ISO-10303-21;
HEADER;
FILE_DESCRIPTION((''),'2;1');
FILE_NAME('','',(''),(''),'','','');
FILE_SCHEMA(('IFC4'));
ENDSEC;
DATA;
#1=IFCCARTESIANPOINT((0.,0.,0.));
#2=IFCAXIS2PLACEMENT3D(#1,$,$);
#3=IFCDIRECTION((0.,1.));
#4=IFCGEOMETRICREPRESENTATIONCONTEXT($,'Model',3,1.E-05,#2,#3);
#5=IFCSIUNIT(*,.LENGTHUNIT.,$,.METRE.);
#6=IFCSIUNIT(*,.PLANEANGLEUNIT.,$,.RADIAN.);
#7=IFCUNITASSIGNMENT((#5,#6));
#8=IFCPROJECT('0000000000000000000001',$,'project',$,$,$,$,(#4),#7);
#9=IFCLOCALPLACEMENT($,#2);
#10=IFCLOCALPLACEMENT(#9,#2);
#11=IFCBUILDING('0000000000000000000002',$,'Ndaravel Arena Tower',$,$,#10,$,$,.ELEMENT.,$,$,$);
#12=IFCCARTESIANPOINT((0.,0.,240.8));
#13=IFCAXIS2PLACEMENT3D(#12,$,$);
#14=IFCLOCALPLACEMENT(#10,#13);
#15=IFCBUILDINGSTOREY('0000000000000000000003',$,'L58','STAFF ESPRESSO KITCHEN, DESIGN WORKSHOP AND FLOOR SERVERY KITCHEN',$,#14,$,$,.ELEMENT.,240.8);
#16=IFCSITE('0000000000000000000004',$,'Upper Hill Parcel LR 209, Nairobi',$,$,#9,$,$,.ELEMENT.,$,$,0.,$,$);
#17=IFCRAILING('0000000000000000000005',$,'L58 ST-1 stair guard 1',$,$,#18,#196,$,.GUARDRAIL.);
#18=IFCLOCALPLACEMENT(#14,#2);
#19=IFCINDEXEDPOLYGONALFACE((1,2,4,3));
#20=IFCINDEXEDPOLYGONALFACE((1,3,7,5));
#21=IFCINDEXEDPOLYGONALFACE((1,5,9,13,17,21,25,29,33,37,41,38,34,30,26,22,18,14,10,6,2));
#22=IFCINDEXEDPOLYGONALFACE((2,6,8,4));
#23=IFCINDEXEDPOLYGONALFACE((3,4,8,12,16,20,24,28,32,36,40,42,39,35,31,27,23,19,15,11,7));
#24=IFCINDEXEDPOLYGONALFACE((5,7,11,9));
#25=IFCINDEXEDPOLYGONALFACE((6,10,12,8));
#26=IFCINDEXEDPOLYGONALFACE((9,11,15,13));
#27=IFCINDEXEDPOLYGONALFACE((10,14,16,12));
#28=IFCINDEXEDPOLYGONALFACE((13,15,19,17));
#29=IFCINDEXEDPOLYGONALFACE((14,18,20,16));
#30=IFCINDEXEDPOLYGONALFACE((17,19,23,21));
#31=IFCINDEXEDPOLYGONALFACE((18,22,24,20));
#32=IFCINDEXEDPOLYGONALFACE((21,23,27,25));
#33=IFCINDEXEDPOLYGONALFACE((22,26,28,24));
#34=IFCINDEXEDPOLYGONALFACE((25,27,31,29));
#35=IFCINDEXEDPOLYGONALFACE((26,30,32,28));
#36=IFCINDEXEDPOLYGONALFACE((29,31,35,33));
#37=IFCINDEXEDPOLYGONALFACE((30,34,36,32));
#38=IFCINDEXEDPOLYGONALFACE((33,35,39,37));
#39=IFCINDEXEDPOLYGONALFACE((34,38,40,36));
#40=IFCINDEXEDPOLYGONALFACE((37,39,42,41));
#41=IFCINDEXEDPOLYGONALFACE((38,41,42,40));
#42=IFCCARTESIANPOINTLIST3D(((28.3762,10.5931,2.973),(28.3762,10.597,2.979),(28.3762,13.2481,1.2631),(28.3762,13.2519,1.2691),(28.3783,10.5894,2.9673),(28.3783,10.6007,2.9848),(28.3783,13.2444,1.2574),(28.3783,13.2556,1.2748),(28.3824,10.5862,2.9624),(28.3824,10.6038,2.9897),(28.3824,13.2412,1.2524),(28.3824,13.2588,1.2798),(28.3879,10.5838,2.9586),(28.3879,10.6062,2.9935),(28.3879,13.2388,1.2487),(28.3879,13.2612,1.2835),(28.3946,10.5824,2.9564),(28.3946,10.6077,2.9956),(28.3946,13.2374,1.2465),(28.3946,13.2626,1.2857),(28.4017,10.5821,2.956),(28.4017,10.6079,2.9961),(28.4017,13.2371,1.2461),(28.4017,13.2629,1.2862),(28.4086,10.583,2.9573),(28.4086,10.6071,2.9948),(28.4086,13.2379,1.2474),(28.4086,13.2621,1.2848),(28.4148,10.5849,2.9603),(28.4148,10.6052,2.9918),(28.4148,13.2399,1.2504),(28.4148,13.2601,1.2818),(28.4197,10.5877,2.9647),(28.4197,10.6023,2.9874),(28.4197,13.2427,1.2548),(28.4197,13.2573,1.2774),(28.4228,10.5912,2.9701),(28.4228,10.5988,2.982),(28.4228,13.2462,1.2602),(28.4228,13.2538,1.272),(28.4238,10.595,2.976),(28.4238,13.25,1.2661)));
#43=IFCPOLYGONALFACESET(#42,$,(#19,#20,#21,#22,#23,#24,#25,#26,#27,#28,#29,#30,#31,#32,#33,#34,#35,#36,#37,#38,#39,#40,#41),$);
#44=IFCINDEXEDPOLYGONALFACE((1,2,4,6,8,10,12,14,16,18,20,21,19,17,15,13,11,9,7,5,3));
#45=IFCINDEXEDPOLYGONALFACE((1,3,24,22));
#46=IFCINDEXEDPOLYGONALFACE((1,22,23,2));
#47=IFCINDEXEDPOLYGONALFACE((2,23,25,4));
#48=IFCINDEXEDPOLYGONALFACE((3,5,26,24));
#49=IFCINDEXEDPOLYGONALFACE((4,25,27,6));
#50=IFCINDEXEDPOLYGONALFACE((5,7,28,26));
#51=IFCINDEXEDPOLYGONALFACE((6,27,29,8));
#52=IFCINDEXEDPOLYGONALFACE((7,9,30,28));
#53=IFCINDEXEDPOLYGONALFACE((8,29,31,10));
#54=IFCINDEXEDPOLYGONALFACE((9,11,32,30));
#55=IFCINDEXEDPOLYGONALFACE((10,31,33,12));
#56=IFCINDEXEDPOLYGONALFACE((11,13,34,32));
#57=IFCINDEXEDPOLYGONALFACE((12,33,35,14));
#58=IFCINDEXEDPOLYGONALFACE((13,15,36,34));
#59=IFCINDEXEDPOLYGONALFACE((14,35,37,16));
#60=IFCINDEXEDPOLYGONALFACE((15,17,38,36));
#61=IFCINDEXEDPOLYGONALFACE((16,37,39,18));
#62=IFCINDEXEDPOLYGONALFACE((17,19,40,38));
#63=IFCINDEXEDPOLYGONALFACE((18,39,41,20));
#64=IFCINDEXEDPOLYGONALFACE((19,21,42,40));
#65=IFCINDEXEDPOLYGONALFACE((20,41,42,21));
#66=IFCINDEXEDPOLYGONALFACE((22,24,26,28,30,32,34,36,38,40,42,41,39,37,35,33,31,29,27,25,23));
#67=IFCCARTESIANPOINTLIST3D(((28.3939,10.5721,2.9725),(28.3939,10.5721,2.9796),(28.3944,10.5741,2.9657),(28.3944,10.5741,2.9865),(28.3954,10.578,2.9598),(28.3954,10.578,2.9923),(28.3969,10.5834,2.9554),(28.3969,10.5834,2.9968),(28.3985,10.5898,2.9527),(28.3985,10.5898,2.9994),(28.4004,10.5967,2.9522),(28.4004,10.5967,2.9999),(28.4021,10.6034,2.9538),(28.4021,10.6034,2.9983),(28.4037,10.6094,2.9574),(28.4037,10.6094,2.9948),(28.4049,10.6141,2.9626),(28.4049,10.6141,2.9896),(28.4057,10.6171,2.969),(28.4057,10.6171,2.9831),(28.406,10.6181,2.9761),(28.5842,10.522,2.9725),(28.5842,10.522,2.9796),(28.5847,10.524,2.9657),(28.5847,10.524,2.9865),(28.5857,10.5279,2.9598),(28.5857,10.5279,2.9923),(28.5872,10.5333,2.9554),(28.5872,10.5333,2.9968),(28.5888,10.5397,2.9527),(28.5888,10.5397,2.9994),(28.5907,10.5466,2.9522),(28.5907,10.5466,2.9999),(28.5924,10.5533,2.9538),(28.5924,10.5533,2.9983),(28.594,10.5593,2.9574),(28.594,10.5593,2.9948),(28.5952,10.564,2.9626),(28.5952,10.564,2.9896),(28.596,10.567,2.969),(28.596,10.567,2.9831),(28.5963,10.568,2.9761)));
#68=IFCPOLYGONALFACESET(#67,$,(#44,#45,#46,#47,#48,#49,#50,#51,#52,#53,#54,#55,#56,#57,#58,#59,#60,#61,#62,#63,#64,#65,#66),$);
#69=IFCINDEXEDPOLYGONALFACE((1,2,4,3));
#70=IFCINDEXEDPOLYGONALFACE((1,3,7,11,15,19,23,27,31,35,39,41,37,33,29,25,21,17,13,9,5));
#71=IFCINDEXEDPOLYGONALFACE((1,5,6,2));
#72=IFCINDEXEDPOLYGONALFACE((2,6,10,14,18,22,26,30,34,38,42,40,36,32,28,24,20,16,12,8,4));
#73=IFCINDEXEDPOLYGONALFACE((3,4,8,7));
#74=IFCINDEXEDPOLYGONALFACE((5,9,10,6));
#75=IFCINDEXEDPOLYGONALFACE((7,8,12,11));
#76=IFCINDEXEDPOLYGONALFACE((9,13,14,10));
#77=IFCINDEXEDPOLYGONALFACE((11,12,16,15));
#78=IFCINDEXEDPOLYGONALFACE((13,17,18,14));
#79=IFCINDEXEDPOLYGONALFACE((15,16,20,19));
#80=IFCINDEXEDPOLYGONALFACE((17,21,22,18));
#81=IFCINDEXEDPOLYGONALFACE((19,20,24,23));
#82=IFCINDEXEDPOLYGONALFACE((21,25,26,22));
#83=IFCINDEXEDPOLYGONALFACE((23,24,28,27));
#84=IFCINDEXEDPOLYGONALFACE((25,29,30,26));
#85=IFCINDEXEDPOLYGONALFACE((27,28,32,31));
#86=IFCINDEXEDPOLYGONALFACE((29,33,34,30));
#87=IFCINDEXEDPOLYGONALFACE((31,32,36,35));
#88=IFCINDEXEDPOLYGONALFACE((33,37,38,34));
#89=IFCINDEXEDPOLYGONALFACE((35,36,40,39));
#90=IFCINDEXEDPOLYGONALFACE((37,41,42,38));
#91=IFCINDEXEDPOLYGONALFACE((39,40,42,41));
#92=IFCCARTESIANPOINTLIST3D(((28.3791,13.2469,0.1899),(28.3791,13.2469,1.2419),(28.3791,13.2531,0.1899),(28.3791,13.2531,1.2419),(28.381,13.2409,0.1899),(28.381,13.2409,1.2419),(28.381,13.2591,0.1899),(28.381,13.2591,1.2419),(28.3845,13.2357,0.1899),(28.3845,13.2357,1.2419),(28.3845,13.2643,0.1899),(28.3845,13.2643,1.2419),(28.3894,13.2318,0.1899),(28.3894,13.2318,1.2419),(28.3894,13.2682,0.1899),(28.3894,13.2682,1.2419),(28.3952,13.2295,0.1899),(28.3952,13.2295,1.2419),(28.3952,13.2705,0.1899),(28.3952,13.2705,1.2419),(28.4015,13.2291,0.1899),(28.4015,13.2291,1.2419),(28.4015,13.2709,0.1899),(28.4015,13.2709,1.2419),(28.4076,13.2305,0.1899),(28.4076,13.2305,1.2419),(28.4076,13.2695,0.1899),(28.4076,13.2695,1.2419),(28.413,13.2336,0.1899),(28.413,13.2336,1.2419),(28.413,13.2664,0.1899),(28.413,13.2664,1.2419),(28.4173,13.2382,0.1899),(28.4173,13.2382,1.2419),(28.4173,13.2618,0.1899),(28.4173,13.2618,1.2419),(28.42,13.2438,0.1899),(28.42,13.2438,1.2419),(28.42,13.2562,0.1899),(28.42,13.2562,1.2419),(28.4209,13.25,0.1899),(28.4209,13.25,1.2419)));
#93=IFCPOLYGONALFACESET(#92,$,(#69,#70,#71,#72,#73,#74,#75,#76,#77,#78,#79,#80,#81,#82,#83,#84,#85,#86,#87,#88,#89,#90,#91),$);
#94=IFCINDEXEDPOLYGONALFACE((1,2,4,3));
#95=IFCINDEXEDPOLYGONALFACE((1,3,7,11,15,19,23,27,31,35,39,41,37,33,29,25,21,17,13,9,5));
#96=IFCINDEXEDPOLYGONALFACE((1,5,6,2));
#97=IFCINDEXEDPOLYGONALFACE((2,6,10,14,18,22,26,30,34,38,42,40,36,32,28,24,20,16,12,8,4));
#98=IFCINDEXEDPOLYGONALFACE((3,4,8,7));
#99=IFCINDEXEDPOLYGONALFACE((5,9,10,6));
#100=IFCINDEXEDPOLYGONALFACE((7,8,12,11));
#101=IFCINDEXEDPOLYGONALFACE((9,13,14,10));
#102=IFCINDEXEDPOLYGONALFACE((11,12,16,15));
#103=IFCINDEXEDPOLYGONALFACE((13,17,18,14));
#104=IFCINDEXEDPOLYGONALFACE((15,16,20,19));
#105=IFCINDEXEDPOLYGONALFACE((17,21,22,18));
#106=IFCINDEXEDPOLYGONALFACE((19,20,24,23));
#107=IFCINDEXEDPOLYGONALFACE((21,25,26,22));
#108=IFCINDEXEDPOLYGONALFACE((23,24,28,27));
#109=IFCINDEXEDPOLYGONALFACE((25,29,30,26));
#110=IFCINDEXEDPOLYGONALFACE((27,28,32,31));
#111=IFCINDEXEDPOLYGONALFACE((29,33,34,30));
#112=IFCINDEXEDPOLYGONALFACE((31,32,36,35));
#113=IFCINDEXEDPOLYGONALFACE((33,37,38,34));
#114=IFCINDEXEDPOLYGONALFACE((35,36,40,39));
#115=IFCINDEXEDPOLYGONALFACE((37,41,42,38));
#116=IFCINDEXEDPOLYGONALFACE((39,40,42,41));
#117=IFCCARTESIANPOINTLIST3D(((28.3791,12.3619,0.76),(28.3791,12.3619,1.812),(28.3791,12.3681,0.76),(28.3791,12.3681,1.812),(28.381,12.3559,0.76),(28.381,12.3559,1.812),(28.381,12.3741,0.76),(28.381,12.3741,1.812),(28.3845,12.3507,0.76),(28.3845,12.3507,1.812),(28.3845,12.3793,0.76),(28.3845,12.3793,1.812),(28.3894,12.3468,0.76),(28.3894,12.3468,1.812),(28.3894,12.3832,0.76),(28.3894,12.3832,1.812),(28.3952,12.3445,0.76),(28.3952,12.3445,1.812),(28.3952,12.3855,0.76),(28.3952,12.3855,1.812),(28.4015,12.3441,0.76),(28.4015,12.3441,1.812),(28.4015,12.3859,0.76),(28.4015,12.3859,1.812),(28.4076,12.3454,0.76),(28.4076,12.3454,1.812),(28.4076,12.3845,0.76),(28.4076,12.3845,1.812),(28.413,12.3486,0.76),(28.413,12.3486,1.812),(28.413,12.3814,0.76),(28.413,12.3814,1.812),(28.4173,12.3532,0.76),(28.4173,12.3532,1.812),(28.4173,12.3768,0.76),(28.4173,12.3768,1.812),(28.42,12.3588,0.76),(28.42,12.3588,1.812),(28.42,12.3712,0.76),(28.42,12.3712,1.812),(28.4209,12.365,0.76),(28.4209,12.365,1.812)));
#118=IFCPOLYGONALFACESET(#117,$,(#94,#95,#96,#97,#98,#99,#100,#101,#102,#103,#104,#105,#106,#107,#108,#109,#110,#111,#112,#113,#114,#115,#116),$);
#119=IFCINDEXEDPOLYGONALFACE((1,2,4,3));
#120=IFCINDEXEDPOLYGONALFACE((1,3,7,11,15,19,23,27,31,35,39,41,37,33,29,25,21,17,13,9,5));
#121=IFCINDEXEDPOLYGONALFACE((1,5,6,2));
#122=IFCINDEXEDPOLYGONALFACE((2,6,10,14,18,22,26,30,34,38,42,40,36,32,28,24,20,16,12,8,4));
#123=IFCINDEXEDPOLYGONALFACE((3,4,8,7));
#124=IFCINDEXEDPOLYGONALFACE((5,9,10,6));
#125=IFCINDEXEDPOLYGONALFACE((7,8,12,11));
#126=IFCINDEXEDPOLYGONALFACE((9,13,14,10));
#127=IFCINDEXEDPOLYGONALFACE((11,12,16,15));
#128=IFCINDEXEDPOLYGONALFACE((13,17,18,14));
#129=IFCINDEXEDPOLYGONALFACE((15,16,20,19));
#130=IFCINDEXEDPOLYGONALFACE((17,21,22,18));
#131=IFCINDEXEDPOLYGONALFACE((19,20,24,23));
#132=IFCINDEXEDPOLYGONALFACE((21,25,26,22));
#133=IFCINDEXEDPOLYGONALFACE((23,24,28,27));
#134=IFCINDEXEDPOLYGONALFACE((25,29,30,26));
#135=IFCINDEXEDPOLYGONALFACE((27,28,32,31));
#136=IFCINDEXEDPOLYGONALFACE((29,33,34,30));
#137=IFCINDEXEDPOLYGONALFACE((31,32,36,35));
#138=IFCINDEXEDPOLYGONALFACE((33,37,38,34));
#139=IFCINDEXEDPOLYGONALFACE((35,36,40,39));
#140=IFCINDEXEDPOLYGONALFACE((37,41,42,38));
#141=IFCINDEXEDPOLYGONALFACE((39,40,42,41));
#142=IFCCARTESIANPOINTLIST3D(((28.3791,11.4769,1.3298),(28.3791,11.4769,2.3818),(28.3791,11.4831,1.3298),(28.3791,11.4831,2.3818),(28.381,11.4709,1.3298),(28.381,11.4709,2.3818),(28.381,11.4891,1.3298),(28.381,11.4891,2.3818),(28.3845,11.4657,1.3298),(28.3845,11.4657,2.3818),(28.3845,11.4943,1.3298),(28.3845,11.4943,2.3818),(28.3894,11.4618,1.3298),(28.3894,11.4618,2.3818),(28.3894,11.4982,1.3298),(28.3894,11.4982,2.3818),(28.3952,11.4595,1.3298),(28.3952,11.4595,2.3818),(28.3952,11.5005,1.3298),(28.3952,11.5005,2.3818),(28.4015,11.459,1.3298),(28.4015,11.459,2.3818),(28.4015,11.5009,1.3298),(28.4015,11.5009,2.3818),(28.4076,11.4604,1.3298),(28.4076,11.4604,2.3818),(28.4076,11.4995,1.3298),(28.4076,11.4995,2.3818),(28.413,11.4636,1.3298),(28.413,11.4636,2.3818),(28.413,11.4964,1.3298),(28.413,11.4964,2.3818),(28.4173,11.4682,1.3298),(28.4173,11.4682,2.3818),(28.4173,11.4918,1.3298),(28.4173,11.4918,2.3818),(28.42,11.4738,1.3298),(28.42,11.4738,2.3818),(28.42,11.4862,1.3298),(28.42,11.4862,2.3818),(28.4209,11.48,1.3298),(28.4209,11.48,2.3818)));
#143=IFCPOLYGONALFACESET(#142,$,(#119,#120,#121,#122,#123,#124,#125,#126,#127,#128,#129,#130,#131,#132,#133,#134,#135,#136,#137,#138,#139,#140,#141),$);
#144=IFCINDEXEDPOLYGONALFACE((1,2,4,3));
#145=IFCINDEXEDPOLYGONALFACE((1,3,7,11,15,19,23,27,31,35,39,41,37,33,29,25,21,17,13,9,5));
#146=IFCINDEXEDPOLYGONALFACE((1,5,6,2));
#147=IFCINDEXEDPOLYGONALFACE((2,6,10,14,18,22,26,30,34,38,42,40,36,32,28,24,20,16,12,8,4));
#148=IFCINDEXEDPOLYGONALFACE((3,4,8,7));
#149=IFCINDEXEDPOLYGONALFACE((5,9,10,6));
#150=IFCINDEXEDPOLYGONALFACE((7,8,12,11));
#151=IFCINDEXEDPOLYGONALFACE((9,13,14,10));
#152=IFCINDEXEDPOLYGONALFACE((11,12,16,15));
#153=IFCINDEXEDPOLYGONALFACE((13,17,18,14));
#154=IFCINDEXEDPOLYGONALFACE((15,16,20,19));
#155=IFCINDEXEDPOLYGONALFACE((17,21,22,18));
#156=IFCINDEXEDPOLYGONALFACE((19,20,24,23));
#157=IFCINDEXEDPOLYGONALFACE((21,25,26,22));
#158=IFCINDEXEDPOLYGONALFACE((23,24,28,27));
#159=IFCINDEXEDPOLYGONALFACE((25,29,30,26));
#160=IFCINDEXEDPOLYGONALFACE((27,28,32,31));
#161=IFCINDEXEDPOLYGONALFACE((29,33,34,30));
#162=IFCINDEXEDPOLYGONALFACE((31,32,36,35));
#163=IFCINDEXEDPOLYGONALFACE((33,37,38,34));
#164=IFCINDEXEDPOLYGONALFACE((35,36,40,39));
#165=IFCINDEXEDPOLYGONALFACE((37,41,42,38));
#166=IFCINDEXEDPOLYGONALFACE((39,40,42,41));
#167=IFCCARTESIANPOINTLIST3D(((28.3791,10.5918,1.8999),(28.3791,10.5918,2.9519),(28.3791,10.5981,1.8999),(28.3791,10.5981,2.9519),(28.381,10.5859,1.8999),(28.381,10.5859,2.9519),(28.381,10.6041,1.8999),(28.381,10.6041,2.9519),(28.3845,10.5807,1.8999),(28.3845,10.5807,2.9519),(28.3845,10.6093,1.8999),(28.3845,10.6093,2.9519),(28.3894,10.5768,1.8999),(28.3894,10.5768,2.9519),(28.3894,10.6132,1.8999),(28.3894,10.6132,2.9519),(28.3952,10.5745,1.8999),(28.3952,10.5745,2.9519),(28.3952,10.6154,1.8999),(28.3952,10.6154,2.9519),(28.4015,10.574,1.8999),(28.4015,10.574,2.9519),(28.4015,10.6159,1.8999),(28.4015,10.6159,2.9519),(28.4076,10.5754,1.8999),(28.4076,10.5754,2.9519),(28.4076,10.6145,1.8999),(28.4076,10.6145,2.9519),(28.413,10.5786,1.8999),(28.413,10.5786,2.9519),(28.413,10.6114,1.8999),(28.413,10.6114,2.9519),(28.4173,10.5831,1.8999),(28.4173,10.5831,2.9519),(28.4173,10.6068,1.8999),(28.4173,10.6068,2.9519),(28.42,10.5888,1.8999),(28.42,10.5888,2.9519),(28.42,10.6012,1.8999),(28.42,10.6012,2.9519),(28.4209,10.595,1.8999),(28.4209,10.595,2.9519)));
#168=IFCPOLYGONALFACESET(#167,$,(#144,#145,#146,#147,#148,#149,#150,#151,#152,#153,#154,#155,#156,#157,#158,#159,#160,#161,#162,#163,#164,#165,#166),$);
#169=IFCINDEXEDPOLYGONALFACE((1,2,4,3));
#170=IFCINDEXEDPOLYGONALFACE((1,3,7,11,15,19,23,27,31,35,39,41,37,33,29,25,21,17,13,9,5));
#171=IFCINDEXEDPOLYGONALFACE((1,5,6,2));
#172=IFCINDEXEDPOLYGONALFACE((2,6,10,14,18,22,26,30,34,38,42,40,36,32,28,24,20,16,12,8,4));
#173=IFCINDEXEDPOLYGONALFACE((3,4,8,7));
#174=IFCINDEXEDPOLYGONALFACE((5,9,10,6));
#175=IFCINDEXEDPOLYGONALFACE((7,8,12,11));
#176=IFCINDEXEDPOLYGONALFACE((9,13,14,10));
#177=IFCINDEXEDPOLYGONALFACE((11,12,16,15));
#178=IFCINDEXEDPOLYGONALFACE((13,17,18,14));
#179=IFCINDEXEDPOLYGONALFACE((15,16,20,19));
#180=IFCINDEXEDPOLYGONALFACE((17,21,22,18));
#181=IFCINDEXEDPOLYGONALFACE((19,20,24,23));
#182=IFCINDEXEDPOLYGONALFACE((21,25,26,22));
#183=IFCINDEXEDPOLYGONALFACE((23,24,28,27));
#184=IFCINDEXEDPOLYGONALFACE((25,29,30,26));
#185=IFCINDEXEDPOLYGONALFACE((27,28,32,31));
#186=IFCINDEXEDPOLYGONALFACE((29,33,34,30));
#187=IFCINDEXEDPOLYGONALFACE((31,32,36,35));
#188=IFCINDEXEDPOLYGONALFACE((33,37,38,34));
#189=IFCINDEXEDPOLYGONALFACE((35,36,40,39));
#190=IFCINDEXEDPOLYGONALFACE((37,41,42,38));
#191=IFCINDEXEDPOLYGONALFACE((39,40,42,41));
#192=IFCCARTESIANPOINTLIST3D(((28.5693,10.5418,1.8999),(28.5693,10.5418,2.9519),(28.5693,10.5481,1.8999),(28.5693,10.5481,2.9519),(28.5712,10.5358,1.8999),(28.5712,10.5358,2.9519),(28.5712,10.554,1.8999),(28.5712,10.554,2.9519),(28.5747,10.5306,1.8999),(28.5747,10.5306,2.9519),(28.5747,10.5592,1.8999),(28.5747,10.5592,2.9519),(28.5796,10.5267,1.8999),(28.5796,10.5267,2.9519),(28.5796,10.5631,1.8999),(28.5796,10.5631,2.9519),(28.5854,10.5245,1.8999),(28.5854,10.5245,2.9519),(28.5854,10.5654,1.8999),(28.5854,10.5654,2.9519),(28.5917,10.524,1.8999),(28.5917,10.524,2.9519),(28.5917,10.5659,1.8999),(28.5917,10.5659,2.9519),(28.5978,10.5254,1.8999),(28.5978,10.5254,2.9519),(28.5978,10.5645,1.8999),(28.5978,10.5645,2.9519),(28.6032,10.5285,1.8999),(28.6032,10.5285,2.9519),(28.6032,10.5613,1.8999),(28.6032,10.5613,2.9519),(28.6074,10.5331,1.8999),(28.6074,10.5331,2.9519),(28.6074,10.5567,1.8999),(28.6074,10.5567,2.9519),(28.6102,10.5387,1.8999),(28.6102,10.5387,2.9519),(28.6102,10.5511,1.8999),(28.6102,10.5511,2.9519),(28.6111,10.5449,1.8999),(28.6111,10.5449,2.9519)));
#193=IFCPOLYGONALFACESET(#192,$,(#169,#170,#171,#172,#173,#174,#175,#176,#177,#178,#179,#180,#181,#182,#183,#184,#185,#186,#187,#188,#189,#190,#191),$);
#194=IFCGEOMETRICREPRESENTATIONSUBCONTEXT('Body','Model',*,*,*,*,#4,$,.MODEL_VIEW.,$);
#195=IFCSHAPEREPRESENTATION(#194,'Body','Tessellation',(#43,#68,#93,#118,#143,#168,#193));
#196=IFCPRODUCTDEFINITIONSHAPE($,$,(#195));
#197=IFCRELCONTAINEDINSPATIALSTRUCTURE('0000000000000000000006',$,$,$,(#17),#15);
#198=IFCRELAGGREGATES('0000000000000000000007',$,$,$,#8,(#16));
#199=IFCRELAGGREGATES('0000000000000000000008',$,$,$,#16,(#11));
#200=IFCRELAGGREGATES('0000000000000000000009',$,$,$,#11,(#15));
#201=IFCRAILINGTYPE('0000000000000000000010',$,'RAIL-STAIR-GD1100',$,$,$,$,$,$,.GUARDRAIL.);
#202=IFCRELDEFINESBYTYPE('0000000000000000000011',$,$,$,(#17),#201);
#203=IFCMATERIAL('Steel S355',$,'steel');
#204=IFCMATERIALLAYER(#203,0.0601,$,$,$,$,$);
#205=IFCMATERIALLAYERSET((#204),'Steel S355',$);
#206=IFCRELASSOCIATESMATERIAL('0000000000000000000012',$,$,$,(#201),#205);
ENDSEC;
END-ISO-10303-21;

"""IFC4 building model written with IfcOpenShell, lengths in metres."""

from ifc_helpers import new_model, si_unit, direction, frame, origin, origin_2d, place, context, subcontext, project, spatial, circle, extrude, material, layer, layer_set, type_object, element, save


model = new_model("IFC4")

# Units and contexts
model_context = context("Model", 3, precision=1e-05, world=origin(), true_north=direction((0.0, 1.0)))
body_context = subcontext(model_context, "Body", "Model", "MODEL_VIEW")
ifc_project = project(units=[si_unit("LENGTHUNIT", "METRE"), si_unit("PLANEANGLEUNIT", "RADIAN")], contexts=[model_context])

# Site, building, storey
site_placement = place(None, origin())
site = spatial("IfcSite", under=ifc_project, at=site_placement, Name="Upper Hill Parcel LR 209, Nairobi", CompositionType="ELEMENT", RefElevation=0.0)
building_placement = place(site_placement, origin())
building = spatial("IfcBuilding", under=site, at=building_placement, Name="Ndaravel Arena Tower", CompositionType="ELEMENT")
storey_placement = place(building_placement, frame((0.0, 0.0, 240.8)))
storey = spatial("IfcBuildingStorey", under=building, at=storey_placement, Name="L58", Description="STAFF ESPRESSO KITCHEN, DESIGN WORKSHOP AND FLOOR SERVERY KITCHEN", CompositionType="ELEMENT", Elevation=240.8)

# Railing
ifc_material_1 = material(Name="Steel S355", Category="steel")
ifc_layer_1 = layer(ifc_material_1, 0.0601)
ifc_layer_set_1 = layer_set([ifc_layer_1], Name="Steel S355")
railing_type_1 = type_object("IfcRailingType", Name="RAIL-STAIR-GD1100", PredefinedType="GUARDRAIL", material=ifc_layer_set_1)
railing_1_placement = place(storey_placement, frame((28.3999, 13.25, 0.1899)))
element("IfcRailing", 1, at=railing_1_placement, inside=storey, type_object=railing_type_1, Name="L58 ST-1 stair guard 1", PredefinedType="GUARDRAIL", context=body_context, shape_type="SweptSolid", body=[
    extrude(circle(Radius=0.0239, at=origin_2d()), frame((0.0, 0.0, 1.0762), z_axis=(0.0, -0.840724, 0.541465), x_axis=(1.0, 0.0, 0.0)), (0.0, 0.0, 1.0), 3.158),
    extrude(circle(Radius=0.0239, at=origin_2d()), frame((0.0, -2.655, 2.7861), z_axis=(0.967075, -0.254493, 0.0), x_axis=(0.254493, 0.967075, 0.0)), (0.0, 0.0, 1.0), 0.1968),
    extrude(circle(Radius=0.021, at=origin_2d()), origin(), (0.0, 0.0, 1.0), 1.052),
    extrude(circle(Radius=0.021, at=origin_2d()), frame((0.0, -0.885, 0.5701)), (0.0, 0.0, 1.0), 1.052),
    extrude(circle(Radius=0.021, at=origin_2d()), frame((0.0, -1.77, 1.1399)), (0.0, 0.0, 1.0), 1.052),
    extrude(circle(Radius=0.021, at=origin_2d()), frame((0.0, -2.655, 1.71)), (0.0, 0.0, 1.0), 1.052),
    extrude(circle(Radius=0.021, at=origin_2d()), frame((0.1902, -2.7051, 1.71)), (0.0, 0.0, 1.0), 1.052),
])

save(model, "model.ifc")
